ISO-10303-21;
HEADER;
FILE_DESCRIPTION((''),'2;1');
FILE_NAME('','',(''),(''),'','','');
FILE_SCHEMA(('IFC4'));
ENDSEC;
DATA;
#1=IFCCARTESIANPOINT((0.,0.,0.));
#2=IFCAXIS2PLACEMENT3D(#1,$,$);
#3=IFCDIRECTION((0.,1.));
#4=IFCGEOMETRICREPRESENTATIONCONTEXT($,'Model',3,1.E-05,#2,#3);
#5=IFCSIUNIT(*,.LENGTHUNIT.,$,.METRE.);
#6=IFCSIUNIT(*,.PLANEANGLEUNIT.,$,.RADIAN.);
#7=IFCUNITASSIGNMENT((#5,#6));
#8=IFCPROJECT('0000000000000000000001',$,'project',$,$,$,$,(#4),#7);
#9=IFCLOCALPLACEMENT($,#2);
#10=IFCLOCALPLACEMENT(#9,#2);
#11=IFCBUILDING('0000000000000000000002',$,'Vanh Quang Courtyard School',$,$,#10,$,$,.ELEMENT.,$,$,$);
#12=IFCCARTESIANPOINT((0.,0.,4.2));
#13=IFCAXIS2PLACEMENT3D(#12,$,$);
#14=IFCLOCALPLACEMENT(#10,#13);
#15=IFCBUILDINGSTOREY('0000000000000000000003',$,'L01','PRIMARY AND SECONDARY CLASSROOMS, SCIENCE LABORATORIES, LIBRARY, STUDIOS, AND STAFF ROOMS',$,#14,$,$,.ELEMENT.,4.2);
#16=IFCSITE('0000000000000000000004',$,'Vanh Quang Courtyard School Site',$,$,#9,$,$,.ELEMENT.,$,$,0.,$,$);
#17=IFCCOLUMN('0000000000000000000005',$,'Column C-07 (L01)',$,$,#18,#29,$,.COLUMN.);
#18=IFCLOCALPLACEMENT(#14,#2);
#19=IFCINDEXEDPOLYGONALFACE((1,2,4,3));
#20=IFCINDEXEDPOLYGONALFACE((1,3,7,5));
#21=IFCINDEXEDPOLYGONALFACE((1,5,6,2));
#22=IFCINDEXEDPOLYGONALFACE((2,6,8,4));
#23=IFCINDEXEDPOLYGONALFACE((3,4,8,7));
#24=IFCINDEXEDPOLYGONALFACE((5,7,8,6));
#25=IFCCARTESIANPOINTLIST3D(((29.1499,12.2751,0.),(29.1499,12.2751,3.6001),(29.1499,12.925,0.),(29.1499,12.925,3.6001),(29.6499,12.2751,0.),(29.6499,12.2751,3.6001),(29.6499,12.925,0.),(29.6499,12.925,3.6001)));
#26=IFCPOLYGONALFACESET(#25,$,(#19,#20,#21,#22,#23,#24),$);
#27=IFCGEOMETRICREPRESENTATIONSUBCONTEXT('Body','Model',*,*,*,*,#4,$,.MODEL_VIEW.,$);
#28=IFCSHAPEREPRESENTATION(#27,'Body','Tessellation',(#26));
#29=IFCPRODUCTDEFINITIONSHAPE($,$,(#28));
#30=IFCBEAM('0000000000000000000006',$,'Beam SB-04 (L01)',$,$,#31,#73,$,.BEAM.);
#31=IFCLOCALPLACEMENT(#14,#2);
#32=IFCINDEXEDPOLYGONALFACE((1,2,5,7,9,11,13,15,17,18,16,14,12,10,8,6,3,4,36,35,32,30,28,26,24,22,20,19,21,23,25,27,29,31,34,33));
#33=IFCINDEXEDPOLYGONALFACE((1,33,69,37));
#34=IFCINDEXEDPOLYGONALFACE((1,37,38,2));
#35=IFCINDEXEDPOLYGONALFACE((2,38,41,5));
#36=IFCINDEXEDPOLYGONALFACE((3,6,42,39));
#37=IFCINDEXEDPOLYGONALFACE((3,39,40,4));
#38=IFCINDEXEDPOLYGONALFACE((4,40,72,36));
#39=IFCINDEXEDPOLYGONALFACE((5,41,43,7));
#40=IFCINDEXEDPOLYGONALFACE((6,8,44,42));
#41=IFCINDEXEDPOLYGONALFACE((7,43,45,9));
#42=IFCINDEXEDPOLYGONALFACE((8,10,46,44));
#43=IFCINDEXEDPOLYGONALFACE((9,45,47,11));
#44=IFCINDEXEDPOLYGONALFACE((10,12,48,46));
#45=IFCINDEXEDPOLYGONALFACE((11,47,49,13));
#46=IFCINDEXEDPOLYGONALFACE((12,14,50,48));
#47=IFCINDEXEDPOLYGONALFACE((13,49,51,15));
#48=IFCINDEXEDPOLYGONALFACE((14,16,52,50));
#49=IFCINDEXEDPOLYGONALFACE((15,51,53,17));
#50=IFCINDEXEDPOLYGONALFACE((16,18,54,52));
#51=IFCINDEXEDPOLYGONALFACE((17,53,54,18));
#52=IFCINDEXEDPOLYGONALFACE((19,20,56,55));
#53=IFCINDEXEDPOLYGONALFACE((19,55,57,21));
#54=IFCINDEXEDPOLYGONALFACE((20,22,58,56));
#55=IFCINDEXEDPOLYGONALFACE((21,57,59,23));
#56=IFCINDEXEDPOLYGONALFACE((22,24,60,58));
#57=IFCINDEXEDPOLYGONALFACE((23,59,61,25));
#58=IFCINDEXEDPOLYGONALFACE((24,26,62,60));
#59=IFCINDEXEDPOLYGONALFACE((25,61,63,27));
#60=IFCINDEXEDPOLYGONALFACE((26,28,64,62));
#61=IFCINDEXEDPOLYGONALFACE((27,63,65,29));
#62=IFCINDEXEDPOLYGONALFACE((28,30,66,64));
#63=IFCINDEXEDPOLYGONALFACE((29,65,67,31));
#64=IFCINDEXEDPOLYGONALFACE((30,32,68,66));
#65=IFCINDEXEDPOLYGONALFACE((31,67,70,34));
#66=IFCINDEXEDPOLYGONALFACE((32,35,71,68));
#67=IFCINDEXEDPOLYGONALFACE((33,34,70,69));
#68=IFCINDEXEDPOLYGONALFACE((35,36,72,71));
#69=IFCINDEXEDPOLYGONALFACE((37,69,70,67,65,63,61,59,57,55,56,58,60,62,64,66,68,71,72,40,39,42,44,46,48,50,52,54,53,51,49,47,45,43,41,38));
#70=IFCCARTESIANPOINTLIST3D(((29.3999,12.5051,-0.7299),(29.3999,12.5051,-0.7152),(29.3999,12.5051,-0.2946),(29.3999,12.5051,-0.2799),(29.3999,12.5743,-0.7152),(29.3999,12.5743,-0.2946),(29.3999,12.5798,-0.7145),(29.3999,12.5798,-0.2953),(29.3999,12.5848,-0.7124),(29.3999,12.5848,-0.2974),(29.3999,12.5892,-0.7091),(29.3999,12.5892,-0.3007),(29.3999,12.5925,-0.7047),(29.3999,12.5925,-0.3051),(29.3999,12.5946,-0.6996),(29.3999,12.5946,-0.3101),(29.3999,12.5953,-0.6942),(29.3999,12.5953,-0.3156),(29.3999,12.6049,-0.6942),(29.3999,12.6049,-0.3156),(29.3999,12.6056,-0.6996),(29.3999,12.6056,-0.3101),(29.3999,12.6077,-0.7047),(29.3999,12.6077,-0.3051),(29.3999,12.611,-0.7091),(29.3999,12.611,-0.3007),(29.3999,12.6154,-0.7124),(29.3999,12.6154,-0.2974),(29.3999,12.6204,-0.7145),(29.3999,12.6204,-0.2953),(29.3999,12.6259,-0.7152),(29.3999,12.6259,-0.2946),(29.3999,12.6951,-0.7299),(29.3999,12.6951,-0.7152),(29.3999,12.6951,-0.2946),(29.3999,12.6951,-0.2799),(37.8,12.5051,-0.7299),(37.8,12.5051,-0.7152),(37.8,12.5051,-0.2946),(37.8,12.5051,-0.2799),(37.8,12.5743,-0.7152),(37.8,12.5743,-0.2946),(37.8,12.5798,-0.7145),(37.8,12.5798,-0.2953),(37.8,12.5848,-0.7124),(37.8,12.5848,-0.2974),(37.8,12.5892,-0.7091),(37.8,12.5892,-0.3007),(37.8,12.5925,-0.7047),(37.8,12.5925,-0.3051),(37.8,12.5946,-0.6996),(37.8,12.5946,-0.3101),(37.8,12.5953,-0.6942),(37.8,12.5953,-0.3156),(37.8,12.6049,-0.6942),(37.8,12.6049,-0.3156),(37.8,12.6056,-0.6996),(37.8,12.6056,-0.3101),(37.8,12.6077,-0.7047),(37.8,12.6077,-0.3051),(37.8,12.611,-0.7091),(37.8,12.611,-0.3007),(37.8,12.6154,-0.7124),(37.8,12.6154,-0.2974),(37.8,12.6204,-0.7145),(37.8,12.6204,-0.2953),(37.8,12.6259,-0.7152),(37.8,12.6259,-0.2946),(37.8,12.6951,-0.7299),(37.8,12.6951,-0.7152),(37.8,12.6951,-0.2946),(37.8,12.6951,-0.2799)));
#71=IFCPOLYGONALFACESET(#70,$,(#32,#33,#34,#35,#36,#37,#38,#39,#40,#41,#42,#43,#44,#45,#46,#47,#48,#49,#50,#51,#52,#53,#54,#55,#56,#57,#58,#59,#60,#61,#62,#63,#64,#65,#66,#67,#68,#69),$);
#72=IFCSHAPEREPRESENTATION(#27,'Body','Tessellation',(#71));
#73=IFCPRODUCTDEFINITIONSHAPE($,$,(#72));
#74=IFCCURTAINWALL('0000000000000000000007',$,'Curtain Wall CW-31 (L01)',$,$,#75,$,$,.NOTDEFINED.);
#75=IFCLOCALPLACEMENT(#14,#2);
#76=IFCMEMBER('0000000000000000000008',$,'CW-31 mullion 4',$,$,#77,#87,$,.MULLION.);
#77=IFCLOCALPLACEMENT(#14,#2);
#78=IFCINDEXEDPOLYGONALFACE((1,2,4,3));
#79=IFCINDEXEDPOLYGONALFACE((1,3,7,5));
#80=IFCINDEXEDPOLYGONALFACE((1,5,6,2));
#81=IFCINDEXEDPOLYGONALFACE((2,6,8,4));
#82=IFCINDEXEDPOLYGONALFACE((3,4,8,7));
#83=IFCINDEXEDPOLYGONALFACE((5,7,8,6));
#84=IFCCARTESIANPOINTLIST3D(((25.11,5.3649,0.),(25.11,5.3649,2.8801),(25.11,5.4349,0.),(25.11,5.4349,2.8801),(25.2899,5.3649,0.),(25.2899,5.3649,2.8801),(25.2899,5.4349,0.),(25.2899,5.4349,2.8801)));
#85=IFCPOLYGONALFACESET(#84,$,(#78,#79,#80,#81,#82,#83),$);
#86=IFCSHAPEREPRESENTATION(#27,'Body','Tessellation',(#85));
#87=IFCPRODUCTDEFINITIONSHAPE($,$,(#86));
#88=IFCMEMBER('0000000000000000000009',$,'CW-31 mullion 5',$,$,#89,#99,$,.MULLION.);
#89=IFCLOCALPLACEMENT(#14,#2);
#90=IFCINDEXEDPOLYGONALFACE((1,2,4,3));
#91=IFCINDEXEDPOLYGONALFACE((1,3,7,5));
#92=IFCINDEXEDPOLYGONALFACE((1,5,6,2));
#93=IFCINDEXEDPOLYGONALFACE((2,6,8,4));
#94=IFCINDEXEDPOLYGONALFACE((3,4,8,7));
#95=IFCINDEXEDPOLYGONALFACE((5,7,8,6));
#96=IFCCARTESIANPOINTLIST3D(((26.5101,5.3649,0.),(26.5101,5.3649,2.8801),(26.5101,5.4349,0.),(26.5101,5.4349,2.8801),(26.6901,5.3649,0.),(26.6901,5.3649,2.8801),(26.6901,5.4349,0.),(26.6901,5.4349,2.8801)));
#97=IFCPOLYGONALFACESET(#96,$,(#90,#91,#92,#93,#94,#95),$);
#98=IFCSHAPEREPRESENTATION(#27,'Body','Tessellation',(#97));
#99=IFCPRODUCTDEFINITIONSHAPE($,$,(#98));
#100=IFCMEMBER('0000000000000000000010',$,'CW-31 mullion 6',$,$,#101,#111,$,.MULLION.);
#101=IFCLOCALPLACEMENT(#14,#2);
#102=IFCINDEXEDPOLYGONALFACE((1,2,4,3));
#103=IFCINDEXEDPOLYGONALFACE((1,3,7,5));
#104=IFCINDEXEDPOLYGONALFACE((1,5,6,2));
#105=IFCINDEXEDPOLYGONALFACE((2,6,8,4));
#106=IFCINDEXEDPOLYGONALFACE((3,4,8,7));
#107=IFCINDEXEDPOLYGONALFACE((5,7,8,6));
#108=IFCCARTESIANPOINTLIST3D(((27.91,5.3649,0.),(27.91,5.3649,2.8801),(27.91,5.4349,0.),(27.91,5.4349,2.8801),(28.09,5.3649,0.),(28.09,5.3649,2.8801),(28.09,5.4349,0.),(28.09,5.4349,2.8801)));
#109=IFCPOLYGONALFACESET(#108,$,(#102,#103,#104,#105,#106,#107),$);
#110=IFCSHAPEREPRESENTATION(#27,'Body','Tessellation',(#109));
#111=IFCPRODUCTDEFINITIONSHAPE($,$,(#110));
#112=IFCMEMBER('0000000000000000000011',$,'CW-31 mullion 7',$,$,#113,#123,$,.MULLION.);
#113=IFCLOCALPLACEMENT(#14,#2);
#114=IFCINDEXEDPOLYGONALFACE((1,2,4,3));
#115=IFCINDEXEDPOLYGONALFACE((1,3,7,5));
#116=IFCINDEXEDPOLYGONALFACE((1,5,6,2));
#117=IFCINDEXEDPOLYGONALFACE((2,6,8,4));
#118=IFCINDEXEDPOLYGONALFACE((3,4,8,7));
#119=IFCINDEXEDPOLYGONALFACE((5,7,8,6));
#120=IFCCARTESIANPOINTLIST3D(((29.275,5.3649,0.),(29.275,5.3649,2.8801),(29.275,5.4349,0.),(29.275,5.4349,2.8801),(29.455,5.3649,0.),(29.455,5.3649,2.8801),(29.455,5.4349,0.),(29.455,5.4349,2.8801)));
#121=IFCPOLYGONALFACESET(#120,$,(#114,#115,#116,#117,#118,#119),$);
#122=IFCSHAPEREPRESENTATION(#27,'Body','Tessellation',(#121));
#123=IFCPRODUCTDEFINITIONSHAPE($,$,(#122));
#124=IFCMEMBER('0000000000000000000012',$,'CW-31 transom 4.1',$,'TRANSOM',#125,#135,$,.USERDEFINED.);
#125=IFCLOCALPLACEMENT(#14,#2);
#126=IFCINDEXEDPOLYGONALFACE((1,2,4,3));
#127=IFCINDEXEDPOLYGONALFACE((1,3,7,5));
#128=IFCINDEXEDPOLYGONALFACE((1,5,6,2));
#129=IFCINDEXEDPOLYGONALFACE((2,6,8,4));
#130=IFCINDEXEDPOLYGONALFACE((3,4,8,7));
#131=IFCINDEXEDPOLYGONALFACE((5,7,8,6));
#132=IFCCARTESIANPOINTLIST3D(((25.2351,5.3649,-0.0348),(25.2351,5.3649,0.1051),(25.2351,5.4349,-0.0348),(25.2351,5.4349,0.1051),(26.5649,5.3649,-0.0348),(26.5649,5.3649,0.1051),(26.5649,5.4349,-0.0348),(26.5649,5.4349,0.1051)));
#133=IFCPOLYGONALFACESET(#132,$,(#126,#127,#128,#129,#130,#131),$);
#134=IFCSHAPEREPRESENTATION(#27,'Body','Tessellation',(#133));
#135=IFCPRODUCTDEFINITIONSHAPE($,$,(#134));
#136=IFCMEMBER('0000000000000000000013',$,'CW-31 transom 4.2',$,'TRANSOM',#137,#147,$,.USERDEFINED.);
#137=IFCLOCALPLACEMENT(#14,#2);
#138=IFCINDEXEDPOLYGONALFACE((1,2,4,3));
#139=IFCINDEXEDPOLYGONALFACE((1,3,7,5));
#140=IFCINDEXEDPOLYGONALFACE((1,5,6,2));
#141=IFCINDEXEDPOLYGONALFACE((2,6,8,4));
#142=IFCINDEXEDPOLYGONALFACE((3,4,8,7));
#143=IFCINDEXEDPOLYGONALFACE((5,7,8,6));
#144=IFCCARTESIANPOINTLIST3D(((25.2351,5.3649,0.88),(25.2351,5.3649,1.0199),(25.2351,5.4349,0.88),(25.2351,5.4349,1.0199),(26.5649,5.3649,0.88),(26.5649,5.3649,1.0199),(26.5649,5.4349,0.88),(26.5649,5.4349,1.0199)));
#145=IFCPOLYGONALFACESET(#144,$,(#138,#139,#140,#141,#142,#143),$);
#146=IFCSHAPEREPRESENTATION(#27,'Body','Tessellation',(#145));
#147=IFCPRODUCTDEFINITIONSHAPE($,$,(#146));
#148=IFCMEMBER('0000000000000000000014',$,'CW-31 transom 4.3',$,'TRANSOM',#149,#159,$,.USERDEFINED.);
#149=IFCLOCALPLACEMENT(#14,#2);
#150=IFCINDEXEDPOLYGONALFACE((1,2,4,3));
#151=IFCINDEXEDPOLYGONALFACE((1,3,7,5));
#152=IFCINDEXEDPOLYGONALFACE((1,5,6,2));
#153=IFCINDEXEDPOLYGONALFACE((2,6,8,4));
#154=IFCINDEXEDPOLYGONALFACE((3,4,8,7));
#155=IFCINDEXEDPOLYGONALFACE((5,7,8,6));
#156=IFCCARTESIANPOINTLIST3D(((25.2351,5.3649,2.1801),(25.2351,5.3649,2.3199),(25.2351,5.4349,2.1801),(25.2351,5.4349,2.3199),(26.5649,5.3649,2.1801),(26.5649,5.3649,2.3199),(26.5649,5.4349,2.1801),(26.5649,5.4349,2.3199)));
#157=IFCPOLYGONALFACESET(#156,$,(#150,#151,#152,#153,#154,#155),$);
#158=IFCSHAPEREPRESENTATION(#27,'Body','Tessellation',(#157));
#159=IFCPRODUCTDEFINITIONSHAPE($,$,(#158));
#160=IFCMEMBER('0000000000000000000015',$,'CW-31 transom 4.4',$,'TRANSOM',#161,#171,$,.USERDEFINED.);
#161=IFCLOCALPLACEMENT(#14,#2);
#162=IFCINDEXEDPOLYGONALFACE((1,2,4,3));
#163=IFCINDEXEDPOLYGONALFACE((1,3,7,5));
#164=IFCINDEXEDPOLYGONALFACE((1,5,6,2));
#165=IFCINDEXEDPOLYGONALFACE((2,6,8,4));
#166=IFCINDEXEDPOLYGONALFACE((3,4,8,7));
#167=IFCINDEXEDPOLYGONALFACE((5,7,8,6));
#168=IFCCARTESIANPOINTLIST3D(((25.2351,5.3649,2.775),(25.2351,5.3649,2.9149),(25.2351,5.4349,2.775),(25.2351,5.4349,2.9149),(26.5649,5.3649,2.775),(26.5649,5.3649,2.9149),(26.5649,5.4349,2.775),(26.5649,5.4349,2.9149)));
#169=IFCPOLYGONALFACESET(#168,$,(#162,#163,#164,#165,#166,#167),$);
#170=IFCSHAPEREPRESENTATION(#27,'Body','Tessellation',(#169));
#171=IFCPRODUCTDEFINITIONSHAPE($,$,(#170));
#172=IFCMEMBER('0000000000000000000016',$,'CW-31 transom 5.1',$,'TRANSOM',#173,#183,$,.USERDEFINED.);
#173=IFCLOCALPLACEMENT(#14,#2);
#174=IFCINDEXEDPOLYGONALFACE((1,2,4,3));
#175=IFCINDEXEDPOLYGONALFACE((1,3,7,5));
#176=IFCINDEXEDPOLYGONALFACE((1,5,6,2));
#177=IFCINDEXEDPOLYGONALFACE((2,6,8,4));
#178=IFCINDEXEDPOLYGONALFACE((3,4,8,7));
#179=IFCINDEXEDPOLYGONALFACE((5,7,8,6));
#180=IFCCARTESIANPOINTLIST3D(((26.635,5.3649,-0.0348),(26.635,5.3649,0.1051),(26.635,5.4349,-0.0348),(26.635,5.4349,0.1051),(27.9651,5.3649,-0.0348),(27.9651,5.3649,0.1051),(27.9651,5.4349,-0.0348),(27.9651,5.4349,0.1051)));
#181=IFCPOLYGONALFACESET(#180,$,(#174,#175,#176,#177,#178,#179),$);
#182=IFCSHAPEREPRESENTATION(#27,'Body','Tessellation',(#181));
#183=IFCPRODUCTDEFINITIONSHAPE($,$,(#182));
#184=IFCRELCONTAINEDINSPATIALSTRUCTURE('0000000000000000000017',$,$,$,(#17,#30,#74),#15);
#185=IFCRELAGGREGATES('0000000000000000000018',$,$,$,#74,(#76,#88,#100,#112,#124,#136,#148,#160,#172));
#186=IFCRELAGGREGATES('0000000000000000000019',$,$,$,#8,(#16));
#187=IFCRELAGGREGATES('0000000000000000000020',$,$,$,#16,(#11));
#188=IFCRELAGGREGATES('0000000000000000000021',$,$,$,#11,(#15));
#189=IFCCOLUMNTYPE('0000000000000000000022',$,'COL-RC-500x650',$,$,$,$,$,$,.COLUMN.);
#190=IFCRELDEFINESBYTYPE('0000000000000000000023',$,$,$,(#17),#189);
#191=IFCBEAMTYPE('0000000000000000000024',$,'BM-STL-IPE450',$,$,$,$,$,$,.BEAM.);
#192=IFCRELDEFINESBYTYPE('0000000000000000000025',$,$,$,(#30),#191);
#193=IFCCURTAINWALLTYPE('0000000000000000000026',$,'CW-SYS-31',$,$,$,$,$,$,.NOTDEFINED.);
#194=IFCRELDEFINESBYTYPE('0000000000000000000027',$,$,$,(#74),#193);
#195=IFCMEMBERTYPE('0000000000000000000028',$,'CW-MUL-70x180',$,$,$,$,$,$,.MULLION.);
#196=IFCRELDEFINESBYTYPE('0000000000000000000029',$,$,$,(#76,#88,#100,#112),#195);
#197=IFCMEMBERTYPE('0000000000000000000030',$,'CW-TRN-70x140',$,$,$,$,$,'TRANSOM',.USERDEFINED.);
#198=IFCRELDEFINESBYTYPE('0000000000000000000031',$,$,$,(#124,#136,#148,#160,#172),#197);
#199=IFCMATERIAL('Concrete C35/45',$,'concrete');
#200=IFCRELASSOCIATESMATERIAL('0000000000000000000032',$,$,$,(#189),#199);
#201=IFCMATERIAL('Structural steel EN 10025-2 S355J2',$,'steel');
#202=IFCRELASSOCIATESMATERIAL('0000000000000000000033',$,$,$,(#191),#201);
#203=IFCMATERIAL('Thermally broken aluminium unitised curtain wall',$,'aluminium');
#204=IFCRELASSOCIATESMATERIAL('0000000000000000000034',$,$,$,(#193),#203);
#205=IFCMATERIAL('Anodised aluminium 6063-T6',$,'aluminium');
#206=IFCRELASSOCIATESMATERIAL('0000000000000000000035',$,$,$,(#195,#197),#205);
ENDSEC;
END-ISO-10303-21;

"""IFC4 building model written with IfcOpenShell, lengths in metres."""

from ifc_helpers import new_model, si_unit, direction, frame, origin, origin_2d, place, context, subcontext, project, spatial, rectangle, i_section, extrude, material, material_profile, profile_set, type_object, element, aggregate, save


model = new_model("IFC4")

# Units and contexts
model_context = context("Model", 3, precision=1e-05, world=origin(), true_north=direction((0.0, 1.0)))
body_context = subcontext(model_context, "Body", "Model", "MODEL_VIEW")
ifc_project = project(units=[si_unit("LENGTHUNIT", "METRE"), si_unit("PLANEANGLEUNIT", "RADIAN")], contexts=[model_context])

# Site, building, storey
site_placement = place(None, origin())
site = spatial("IfcSite", under=ifc_project, at=site_placement, Name="Vanh Quang Courtyard School Site", CompositionType="ELEMENT", RefElevation=0.0)
building_placement = place(site_placement, origin())
building = spatial("IfcBuilding", under=site, at=building_placement, Name="Vanh Quang Courtyard School", CompositionType="ELEMENT")
storey_placement = place(building_placement, frame((0.0, 0.0, 4.2)))
storey = spatial("IfcBuildingStorey", under=building, at=storey_placement, Name="L01", Description="PRIMARY AND SECONDARY CLASSROOMS, SCIENCE LABORATORIES, LIBRARY, STUDIOS, AND STAFF ROOMS", CompositionType="ELEMENT", Elevation=4.2)

# Column
ifc_material_1 = material(Name="Concrete C35/45", Category="concrete")
ifc_material_profile_1 = material_profile(ifc_material_1, rectangle(XDim=0.5, YDim=0.6499, at=origin_2d()), Name="RC-COL 500x650")
ifc_profile_set_1 = profile_set([ifc_material_profile_1], Name="Concrete C35/45")
column_type = type_object("IfcColumnType", Name="COL-RC-500x650", PredefinedType="COLUMN", material=ifc_profile_set_1)
column_placement = place(storey_placement, frame((29.3999, 12.6001, 0.0), z_axis=(0.0, 0.0, 1.0), x_axis=(1.0, 0.0, 0.0)))
element("IfcColumn", 1, at=column_placement, inside=storey, type_object=column_type, Name="Column C-07 (L01)", PredefinedType="COLUMN", context=body_context, shape_type="SweptSolid", body=[
    extrude(rectangle(XDim=0.5, YDim=0.6499, at=origin_2d()), origin(), (0.0, 0.0, 1.0), 3.6001),
])

# Beam
ifc_material_2 = material(Name="Structural steel EN 10025-2 S355J2", Category="steel")
ifc_material_profile_2 = material_profile(ifc_material_2, i_section(OverallWidth=0.1899, OverallDepth=0.45, WebThickness=0.0095, FlangeThickness=0.0146, FilletRadius=0.021, at=origin_2d()), Name="IPE 450")
ifc_profile_set_2 = profile_set([ifc_material_profile_2], Name="Structural steel EN 10025-2 S355J2")
beam_type = type_object("IfcBeamType", Name="BM-STL-IPE450", PredefinedType="BEAM", material=ifc_profile_set_2)
beam_placement = place(storey_placement, frame((29.3999, 12.6001, -0.5049), z_axis=(1.0, 0.0, 0.0), x_axis=(0.0, 1.0, 0.0)))
element("IfcBeam", 2, at=beam_placement, inside=storey, type_object=beam_type, Name="Beam SB-04 (L01)", PredefinedType="BEAM", context=body_context, shape_type="SweptSolid", body=[
    extrude(i_section(OverallWidth=0.1899, OverallDepth=0.45, WebThickness=0.0095, FlangeThickness=0.0146, FilletRadius=0.021, at=origin_2d()), origin(), (0.0, 0.0, 1.0), 8.4001),
])

# Curtain wall, members
ifc_material_3 = material(Name="Thermally broken aluminium unitised curtain wall", Category="aluminium")
curtain_wall_type = type_object("IfcCurtainWallType", Name="CW-SYS-31", PredefinedType="NOTDEFINED", material=ifc_material_3)
curtain_wall_placement = place(storey_placement, origin())
curtain_wall = element("IfcCurtainWall", 3, at=curtain_wall_placement, inside=storey, type_object=curtain_wall_type, Name="Curtain Wall CW-31 (L01)", PredefinedType="NOTDEFINED")
ifc_material_4 = material(Name="Anodised aluminium 6063-T6", Category="aluminium")
ifc_material_profile_3 = material_profile(ifc_material_4, rectangle(XDim=0.0701, YDim=0.1799, at=origin_2d()), Name="ALU-MUL 70x180")
ifc_profile_set_3 = profile_set([ifc_material_profile_3], Name="Anodised aluminium 6063-T6")
member_type_1 = type_object("IfcMemberType", Name="CW-MUL-70x180", PredefinedType="MULLION", material=ifc_profile_set_3)
member_1_placement = place(storey_placement, frame((25.2, 5.3999, 0.0), z_axis=(0.0, 0.0, 1.0), x_axis=(0.0, 1.0, 0.0)))
member_1 = element("IfcMember", 4, at=member_1_placement, type_object=member_type_1, Name="CW-31 mullion 4", PredefinedType="MULLION", context=body_context, shape_type="SweptSolid", body=[
    extrude(rectangle(XDim=0.0701, YDim=0.1799, at=origin_2d()), origin(), (0.0, 0.0, 1.0), 2.8801),
])
member_2_placement = place(storey_placement, frame((26.6001, 5.3999, 0.0), z_axis=(0.0, 0.0, 1.0), x_axis=(0.0, 1.0, 0.0)))
member_2 = element("IfcMember", 5, at=member_2_placement, type_object=member_type_1, Name="CW-31 mullion 5", PredefinedType="MULLION", context=body_context, shape_type="SweptSolid", body=[
    extrude(rectangle(XDim=0.0701, YDim=0.1799, at=origin_2d()), origin(), (0.0, 0.0, 1.0), 2.8801),
])
member_3_placement = place(storey_placement, frame((28.0, 5.3999, 0.0), z_axis=(0.0, 0.0, 1.0), x_axis=(0.0, 1.0, 0.0)))
member_3 = element("IfcMember", 6, at=member_3_placement, type_object=member_type_1, Name="CW-31 mullion 6", PredefinedType="MULLION", context=body_context, shape_type="SweptSolid", body=[
    extrude(rectangle(XDim=0.0701, YDim=0.1799, at=origin_2d()), origin(), (0.0, 0.0, 1.0), 2.8801),
])
member_4_placement = place(storey_placement, frame((29.365, 5.3999, 0.0), z_axis=(0.0, 0.0, 1.0), x_axis=(0.0, 1.0, 0.0)))
member_4 = element("IfcMember", 7, at=member_4_placement, type_object=member_type_1, Name="CW-31 mullion 7", PredefinedType="MULLION", context=body_context, shape_type="SweptSolid", body=[
    extrude(rectangle(XDim=0.0701, YDim=0.1799, at=origin_2d()), origin(), (0.0, 0.0, 1.0), 2.8801),
])
ifc_material_profile_4 = material_profile(ifc_material_4, rectangle(XDim=0.0701, YDim=0.1399, at=origin_2d()), Name="ALU-TRN 70x140")
ifc_profile_set_4 = profile_set([ifc_material_profile_4], Name="Anodised aluminium 6063-T6")
member_type_2 = type_object("IfcMemberType", Name="CW-TRN-70x140", ElementType="TRANSOM", PredefinedType="USERDEFINED", material=ifc_profile_set_4)
member_5_placement = place(storey_placement, frame((25.2351, 5.3999, 0.0352), z_axis=(1.0, 0.0, 0.0), x_axis=(0.0, 1.0, 0.0)))
member_5 = element("IfcMember", 8, at=member_5_placement, type_object=member_type_2, Name="CW-31 transom 4.1", ObjectType="TRANSOM", PredefinedType="USERDEFINED", context=body_context, shape_type="SweptSolid", body=[
    extrude(rectangle(XDim=0.0701, YDim=0.1399, at=origin_2d()), origin(), (0.0, 0.0, 1.0), 1.3298),
])
member_6_placement = place(storey_placement, frame((25.2351, 5.3999, 0.95), z_axis=(1.0, 0.0, 0.0), x_axis=(0.0, 1.0, 0.0)))
member_6 = element("IfcMember", 9, at=member_6_placement, type_object=member_type_2, Name="CW-31 transom 4.2", ObjectType="TRANSOM", PredefinedType="USERDEFINED", context=body_context, shape_type="SweptSolid", body=[
    extrude(rectangle(XDim=0.0701, YDim=0.1399, at=origin_2d()), origin(), (0.0, 0.0, 1.0), 1.3298),
])
member_7_placement = place(storey_placement, frame((25.2351, 5.3999, 2.25), z_axis=(1.0, 0.0, 0.0), x_axis=(0.0, 1.0, 0.0)))
member_7 = element("IfcMember", 10, at=member_7_placement, type_object=member_type_2, Name="CW-31 transom 4.3", ObjectType="TRANSOM", PredefinedType="USERDEFINED", context=body_context, shape_type="SweptSolid", body=[
    extrude(rectangle(XDim=0.0701, YDim=0.1399, at=origin_2d()), origin(), (0.0, 0.0, 1.0), 1.3298),
])
member_8_placement = place(storey_placement, frame((25.2351, 5.3999, 2.845), z_axis=(1.0, 0.0, 0.0), x_axis=(0.0, 1.0, 0.0)))
member_8 = element("IfcMember", 11, at=member_8_placement, type_object=member_type_2, Name="CW-31 transom 4.4", ObjectType="TRANSOM", PredefinedType="USERDEFINED", context=body_context, shape_type="SweptSolid", body=[
    extrude(rectangle(XDim=0.0701, YDim=0.1399, at=origin_2d()), origin(), (0.0, 0.0, 1.0), 1.3298),
])
member_9_placement = place(storey_placement, frame((26.635, 5.3999, 0.0352), z_axis=(1.0, 0.0, 0.0), x_axis=(0.0, 1.0, 0.0)))
member_9 = element("IfcMember", 12, at=member_9_placement, type_object=member_type_2, Name="CW-31 transom 5.1", ObjectType="TRANSOM", PredefinedType="USERDEFINED", context=body_context, shape_type="SweptSolid", body=[
    extrude(rectangle(XDim=0.0701, YDim=0.1399, at=origin_2d()), origin(), (0.0, 0.0, 1.0), 1.3301),
])
aggregate(curtain_wall, [member_1, member_2, member_3, member_4, member_5, member_6, member_7, member_8, member_9])

save(model, "model.ifc")
